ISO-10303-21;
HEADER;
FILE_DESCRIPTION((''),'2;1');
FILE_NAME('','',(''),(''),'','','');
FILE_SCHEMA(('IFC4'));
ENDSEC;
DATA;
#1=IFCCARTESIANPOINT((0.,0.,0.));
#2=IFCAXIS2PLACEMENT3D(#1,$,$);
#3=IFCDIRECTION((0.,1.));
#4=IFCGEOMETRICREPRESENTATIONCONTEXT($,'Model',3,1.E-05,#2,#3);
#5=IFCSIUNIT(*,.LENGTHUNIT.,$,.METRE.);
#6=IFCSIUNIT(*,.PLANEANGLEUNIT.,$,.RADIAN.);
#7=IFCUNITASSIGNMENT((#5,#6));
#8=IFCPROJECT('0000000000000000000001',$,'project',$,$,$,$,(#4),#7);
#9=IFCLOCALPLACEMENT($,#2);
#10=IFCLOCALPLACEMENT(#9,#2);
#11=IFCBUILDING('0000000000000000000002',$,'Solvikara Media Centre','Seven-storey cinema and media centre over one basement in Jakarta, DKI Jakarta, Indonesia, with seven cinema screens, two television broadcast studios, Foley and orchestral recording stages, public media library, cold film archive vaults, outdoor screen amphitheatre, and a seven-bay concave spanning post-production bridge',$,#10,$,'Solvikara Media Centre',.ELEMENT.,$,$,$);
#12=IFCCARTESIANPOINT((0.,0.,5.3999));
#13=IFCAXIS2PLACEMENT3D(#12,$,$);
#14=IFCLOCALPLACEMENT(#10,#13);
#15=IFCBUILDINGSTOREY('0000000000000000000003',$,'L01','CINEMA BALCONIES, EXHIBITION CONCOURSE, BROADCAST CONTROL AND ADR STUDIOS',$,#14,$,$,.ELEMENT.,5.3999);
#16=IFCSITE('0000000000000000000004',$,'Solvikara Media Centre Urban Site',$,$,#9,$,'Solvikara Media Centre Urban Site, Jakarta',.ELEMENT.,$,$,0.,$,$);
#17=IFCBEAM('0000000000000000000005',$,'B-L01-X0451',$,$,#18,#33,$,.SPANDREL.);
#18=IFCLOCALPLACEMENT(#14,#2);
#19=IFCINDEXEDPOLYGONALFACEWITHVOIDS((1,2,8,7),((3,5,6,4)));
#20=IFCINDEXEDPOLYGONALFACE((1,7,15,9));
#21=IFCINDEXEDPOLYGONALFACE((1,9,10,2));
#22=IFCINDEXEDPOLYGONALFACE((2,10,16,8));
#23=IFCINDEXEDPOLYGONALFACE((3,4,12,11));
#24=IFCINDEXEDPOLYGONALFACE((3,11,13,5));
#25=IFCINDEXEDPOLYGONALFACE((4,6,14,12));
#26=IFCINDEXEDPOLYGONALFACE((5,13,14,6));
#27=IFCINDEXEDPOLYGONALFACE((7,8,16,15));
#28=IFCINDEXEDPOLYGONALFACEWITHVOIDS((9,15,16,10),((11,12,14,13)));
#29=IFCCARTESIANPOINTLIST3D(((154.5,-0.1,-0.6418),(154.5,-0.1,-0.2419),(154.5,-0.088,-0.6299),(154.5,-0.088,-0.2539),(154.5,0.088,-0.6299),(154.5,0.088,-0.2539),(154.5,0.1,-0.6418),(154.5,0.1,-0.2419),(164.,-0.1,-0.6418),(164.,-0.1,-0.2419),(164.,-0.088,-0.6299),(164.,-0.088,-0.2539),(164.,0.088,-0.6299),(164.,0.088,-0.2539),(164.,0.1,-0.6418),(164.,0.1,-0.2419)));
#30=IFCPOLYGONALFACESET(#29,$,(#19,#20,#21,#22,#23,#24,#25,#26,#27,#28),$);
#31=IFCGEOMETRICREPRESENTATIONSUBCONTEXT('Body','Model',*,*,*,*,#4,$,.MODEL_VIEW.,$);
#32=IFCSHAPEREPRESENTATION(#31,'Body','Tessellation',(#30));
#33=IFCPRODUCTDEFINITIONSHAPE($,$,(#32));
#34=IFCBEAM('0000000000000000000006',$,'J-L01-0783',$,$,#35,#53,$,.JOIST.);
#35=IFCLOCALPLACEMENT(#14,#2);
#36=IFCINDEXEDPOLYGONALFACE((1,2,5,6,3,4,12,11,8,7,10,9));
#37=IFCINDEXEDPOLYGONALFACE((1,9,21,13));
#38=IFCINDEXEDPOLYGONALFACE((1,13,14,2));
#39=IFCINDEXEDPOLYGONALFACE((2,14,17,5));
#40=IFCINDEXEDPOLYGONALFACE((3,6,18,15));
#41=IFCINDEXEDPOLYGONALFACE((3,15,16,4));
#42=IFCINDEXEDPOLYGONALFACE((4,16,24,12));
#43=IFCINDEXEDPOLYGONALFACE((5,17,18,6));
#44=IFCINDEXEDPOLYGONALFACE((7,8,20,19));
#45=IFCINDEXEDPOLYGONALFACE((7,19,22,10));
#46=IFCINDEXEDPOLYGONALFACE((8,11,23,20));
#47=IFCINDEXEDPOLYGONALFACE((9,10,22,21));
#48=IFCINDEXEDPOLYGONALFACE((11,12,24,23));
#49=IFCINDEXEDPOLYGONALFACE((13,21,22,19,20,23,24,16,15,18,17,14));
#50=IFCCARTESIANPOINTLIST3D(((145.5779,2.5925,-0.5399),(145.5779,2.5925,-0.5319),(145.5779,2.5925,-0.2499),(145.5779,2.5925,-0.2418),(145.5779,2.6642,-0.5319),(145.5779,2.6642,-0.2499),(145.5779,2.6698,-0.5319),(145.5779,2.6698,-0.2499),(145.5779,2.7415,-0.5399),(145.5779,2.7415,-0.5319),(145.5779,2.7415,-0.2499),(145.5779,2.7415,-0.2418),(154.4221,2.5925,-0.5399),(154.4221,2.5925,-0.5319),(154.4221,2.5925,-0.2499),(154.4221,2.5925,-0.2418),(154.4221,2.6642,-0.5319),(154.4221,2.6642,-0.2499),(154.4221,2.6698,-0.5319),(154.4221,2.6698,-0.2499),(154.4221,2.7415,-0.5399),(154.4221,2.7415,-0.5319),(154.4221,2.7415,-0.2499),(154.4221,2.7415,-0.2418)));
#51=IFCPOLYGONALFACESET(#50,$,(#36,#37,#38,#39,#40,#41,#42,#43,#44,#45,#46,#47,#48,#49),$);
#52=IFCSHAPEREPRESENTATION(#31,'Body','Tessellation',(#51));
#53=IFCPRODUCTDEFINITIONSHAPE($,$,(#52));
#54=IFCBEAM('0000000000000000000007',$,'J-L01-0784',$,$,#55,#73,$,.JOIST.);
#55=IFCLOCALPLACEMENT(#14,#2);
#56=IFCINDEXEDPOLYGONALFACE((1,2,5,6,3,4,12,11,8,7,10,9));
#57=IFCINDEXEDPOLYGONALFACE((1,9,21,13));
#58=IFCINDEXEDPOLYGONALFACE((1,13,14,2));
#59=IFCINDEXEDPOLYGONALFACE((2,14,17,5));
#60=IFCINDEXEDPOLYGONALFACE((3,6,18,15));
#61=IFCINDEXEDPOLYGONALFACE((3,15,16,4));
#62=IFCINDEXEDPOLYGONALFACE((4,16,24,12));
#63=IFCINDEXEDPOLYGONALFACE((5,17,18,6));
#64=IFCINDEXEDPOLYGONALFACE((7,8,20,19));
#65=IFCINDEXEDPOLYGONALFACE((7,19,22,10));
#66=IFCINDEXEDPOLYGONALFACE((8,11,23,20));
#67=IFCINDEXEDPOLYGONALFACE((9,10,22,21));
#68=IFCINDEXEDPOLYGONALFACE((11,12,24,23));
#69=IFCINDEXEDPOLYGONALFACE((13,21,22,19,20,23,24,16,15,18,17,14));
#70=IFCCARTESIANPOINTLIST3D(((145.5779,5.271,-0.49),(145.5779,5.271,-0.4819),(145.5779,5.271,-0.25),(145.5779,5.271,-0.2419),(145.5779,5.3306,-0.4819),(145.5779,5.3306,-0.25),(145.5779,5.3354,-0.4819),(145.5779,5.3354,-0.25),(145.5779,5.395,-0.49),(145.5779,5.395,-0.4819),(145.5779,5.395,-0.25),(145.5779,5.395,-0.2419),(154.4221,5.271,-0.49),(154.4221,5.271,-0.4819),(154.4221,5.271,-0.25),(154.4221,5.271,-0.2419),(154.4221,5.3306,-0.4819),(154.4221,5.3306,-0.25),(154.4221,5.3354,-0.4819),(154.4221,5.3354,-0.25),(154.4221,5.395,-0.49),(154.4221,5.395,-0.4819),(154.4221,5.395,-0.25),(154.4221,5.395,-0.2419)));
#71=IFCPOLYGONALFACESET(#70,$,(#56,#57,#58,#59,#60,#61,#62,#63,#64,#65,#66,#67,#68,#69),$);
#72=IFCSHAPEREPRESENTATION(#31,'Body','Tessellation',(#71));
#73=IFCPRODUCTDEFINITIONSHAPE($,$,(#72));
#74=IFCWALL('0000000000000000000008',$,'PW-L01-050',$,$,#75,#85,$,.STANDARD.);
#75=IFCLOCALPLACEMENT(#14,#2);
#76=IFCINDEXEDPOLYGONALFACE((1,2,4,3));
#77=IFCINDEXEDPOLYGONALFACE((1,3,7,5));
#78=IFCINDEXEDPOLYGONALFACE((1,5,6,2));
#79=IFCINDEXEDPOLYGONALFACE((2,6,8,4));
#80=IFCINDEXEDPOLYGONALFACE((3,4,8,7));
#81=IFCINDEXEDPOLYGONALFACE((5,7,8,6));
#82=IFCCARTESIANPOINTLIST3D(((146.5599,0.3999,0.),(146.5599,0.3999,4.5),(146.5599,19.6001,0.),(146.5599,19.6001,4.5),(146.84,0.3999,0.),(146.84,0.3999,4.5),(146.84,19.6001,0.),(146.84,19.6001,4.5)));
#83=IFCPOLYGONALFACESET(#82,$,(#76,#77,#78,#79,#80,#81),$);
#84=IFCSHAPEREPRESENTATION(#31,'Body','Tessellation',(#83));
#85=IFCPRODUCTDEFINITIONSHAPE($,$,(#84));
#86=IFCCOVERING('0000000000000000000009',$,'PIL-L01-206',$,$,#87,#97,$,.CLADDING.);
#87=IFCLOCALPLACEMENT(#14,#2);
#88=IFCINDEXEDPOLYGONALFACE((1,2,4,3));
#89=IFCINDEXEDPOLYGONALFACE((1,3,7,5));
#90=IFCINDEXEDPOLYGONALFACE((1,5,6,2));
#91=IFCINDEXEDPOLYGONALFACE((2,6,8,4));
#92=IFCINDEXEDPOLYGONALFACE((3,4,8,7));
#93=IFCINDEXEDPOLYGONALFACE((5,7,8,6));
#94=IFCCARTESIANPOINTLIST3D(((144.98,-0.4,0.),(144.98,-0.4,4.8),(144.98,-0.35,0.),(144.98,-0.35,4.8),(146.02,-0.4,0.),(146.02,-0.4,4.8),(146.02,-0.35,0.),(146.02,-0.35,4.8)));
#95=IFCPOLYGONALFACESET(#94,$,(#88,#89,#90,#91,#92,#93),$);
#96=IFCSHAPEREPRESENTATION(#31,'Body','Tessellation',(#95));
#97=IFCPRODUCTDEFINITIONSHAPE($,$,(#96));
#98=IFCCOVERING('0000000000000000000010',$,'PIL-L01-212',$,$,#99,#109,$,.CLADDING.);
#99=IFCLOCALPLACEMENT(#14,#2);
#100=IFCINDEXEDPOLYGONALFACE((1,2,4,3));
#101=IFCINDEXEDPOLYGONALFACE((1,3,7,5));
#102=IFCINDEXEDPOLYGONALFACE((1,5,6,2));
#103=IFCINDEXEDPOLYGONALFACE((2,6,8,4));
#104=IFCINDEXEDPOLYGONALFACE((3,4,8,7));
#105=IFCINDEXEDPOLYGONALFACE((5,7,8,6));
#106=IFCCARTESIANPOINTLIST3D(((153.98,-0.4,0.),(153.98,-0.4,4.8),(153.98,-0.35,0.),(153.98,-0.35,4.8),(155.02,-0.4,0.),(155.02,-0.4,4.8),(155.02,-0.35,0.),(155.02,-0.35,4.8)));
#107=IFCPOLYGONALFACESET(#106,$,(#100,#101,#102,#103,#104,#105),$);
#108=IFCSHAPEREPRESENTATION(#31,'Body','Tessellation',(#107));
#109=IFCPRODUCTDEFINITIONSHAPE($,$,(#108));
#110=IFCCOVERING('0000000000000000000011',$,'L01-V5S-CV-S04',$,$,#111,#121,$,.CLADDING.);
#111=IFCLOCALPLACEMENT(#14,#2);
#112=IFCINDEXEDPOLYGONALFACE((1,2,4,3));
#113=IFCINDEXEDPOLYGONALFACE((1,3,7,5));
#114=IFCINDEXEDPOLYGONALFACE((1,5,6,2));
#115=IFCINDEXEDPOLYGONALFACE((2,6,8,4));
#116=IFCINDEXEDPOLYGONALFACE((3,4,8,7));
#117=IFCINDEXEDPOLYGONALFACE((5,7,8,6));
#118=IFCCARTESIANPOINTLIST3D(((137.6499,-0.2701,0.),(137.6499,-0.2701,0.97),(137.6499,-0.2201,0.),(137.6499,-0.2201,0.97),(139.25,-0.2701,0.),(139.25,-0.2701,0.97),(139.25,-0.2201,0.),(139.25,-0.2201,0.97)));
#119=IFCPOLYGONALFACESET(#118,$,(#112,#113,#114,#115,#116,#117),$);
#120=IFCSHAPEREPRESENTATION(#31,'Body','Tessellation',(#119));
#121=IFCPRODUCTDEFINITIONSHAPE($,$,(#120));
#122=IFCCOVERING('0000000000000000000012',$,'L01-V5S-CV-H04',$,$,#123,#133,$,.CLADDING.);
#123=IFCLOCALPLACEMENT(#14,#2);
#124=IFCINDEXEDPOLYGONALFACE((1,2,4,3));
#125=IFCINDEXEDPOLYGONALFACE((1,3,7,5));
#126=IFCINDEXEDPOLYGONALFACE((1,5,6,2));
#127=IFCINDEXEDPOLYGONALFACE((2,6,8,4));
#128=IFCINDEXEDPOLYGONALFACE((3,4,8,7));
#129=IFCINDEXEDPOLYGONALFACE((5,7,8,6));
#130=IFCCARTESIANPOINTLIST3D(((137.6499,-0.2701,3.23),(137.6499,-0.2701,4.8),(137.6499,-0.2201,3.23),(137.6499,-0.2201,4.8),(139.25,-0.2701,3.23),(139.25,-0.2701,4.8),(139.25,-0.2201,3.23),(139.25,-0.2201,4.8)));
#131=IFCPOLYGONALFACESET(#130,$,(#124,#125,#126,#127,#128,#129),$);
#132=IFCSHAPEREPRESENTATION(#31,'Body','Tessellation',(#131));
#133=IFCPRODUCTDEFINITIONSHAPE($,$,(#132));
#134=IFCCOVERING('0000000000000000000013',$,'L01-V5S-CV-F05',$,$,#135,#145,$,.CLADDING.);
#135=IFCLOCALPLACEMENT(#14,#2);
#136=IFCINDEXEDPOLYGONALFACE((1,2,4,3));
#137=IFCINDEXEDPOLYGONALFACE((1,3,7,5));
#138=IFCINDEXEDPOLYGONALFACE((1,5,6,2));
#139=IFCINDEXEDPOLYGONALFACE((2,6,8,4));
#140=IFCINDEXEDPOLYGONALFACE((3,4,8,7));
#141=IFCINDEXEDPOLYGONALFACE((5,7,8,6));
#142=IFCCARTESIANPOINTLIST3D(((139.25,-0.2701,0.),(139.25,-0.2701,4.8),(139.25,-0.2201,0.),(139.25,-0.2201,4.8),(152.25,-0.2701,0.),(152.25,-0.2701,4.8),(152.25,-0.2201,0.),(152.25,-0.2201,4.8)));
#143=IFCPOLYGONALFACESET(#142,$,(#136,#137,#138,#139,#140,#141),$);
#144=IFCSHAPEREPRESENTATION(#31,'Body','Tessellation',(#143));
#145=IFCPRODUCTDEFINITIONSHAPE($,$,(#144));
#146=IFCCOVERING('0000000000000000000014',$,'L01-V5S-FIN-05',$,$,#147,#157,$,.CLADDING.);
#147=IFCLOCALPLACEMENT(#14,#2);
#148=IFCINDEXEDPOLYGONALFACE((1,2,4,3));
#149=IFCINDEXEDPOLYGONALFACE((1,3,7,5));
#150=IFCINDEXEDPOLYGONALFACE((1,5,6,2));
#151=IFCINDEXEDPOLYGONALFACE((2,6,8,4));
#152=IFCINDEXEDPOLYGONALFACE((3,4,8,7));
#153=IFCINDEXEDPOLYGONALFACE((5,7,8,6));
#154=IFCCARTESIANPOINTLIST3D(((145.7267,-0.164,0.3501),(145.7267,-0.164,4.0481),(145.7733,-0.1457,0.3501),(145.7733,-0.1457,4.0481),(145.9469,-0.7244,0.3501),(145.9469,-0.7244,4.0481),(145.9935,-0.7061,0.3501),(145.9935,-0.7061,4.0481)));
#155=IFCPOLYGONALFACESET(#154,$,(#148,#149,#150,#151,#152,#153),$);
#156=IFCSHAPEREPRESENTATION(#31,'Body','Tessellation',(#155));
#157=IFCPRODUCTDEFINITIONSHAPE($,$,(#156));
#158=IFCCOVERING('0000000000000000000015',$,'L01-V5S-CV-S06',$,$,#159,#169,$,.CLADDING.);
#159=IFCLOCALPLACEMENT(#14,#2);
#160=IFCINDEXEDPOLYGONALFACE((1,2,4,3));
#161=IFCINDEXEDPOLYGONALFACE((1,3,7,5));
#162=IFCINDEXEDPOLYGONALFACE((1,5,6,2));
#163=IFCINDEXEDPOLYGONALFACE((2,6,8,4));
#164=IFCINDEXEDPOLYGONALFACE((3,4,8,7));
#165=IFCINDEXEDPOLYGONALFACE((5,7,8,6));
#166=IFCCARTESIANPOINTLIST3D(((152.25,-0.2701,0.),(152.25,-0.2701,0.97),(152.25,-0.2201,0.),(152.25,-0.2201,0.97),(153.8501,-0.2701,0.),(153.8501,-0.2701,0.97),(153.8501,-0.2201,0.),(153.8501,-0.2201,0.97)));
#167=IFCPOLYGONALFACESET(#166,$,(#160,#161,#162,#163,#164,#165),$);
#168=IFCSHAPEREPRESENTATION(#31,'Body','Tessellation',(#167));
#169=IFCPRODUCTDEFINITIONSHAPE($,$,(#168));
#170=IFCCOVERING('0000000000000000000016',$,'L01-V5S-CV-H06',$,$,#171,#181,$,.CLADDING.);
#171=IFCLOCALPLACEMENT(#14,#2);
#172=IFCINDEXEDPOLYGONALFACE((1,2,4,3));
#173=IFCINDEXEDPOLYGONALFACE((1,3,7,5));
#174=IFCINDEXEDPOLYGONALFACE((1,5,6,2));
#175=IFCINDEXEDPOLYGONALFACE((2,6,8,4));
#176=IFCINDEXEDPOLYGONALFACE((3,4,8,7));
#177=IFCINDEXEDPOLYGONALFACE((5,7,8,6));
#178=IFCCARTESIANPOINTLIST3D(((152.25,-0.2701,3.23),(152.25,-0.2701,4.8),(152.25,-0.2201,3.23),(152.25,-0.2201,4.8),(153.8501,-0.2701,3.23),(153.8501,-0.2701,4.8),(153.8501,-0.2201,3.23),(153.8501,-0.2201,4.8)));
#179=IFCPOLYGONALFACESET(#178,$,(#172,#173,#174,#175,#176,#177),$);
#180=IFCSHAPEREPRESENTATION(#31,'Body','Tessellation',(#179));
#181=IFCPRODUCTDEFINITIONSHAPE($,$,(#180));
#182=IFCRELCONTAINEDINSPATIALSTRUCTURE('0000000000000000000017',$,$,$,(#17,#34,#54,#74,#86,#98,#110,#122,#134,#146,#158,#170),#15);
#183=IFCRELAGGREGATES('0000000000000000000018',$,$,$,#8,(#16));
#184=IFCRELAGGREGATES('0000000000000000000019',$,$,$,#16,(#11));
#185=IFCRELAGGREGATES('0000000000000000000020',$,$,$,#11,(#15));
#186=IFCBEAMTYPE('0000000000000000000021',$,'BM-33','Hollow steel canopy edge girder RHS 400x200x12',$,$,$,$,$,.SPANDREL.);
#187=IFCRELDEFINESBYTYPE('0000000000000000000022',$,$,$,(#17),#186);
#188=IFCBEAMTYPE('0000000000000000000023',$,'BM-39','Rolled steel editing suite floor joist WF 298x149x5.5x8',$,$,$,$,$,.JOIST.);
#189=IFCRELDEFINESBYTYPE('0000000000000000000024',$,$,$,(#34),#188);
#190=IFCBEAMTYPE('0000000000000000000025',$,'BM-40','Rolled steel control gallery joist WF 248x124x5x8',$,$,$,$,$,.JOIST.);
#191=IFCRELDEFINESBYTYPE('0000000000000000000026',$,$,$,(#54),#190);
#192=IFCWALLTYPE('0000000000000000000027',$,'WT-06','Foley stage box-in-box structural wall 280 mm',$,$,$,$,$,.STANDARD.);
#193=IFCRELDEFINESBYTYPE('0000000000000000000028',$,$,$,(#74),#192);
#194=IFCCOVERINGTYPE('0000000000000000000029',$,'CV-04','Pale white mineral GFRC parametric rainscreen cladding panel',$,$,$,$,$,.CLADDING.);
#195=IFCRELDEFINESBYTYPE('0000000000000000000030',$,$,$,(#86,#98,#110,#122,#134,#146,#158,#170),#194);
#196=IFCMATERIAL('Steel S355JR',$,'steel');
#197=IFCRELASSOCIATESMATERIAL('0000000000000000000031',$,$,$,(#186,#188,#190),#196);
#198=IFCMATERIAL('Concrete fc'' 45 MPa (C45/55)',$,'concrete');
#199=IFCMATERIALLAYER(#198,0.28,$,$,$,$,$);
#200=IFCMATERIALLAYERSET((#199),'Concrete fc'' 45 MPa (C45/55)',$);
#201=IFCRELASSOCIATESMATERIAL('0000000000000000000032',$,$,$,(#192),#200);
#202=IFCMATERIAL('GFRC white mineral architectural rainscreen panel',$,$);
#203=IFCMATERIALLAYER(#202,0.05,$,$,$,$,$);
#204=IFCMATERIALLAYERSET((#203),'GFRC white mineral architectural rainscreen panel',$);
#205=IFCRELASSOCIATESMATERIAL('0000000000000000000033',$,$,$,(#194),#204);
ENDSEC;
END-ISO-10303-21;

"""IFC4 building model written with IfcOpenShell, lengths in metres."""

from ifc_helpers import new_model, si_unit, direction, frame, frame_2d, origin, origin_2d, place, context, subcontext, project, spatial, rectangle, hollow_rectangle, i_section, extrude, material, layer, layer_set, material_profile, profile_set, type_object, element, save


model = new_model("IFC4")

# Units and contexts
model_context = context("Model", 3, precision=1e-05, world=origin(), true_north=direction((0.0, 1.0)))
body_context = subcontext(model_context, "Body", "Model", "MODEL_VIEW")
ifc_project = project(units=[si_unit("LENGTHUNIT", "METRE"), si_unit("PLANEANGLEUNIT", "RADIAN")], contexts=[model_context])

# Site, building, storey
site_placement = place(None, origin())
site = spatial("IfcSite", under=ifc_project, at=site_placement, Name="Solvikara Media Centre Urban Site", LongName="Solvikara Media Centre Urban Site, Jakarta", CompositionType="ELEMENT", RefElevation=0.0)
building_placement = place(site_placement, origin())
building = spatial("IfcBuilding", under=site, at=building_placement, Name="Solvikara Media Centre", Description="Seven-storey cinema and media centre over one basement in Jakarta, DKI Jakarta, Indonesia, with seven cinema screens, two television broadcast studios, Foley and orchestral recording stages, public media library, cold film archive vaults, outdoor screen amphitheatre, and a seven-bay concave spanning post-production bridge", LongName="Solvikara Media Centre", CompositionType="ELEMENT")
storey_placement = place(building_placement, frame((0.0, 0.0, 5.3999)))
storey = spatial("IfcBuildingStorey", under=building, at=storey_placement, Name="L01", Description="CINEMA BALCONIES, EXHIBITION CONCOURSE, BROADCAST CONTROL AND ADR STUDIOS", CompositionType="ELEMENT", Elevation=5.3999)

# Shared definitions
ifc_material_1 = material(Name="Concrete fc' 45 MPa (C45/55)", Category="concrete")
ifc_material_2 = material(Name="Steel S355JR", Category="steel")

# Beams
ifc_material_profile_1 = material_profile(ifc_material_2, hollow_rectangle(XDim=0.2, YDim=0.3999, WallThickness=0.012, at=origin_2d()), Name="RHS 400x200x12")
ifc_profile_set_1 = profile_set([ifc_material_profile_1], Name="Steel S355JR")
beam_type_1 = type_object("IfcBeamType", Name="BM-33", Description="Hollow steel canopy edge girder RHS 400x200x12", PredefinedType="SPANDREL", material=ifc_profile_set_1)
beam_1_placement = place(storey_placement, frame((154.5, 0.0, -0.4419), z_axis=(1.0, 0.0, 0.0), x_axis=(0.0, 1.0, 0.0)))
element("IfcBeam", 1, at=beam_1_placement, inside=storey, type_object=beam_type_1, Name="B-L01-X0451", PredefinedType="SPANDREL", context=body_context, shape_type="SweptSolid", body=[
    extrude(hollow_rectangle(XDim=0.2, YDim=0.3999, WallThickness=0.012, at=origin_2d()), origin(), (0.0, 0.0, 1.0), 9.5),
])
ifc_material_profile_2 = material_profile(ifc_material_2, i_section(OverallWidth=0.1489, OverallDepth=0.2981, WebThickness=0.0056, FlangeThickness=0.0081, at=origin_2d()), Name="WF 298x149x5.5x8")
ifc_profile_set_2 = profile_set([ifc_material_profile_2], Name="Steel S355JR")
beam_type_2 = type_object("IfcBeamType", Name="BM-39", Description="Rolled steel editing suite floor joist WF 298x149x5.5x8", PredefinedType="JOIST", material=ifc_profile_set_2)
beam_2_placement = place(storey_placement, frame((145.5779, 2.667, -0.3909), z_axis=(1.0, 0.0, 0.0), x_axis=(0.0, 1.0, 0.0)))
element("IfcBeam", 2, at=beam_2_placement, inside=storey, type_object=beam_type_2, Name="J-L01-0783", PredefinedType="JOIST", context=body_context, shape_type="SweptSolid", body=[
    extrude(i_section(OverallWidth=0.1489, OverallDepth=0.2981, WebThickness=0.0056, FlangeThickness=0.0081, at=origin_2d()), origin(), (0.0, 0.0, 1.0), 8.8442),
])
ifc_material_profile_3 = material_profile(ifc_material_2, i_section(OverallWidth=0.124, OverallDepth=0.248, WebThickness=0.0049, FlangeThickness=0.0081, at=origin_2d()), Name="WF 248x124x5x8")
ifc_profile_set_3 = profile_set([ifc_material_profile_3], Name="Steel S355JR")
beam_type_3 = type_object("IfcBeamType", Name="BM-40", Description="Rolled steel control gallery joist WF 248x124x5x8", PredefinedType="JOIST", material=ifc_profile_set_3)
beam_3_placement = place(storey_placement, frame((145.5779, 5.333, -0.366), z_axis=(1.0, 0.0, 0.0), x_axis=(0.0, 1.0, 0.0)))
element("IfcBeam", 3, at=beam_3_placement, inside=storey, type_object=beam_type_3, Name="J-L01-0784", PredefinedType="JOIST", context=body_context, shape_type="SweptSolid", body=[
    extrude(i_section(OverallWidth=0.124, OverallDepth=0.248, WebThickness=0.0049, FlangeThickness=0.0081, at=origin_2d()), origin(), (0.0, 0.0, 1.0), 8.8442),
])

# Wall
ifc_layer_1 = layer(ifc_material_1, 0.28)
ifc_layer_set_1 = layer_set([ifc_layer_1], Name="Concrete fc' 45 MPa (C45/55)")
wall_type = type_object("IfcWallType", Name="WT-06", Description="Foley stage box-in-box structural wall 280 mm", PredefinedType="STANDARD", material=ifc_layer_set_1)
wall_placement = place(storey_placement, frame((146.7, 0.3999, 0.0), z_axis=(0.0, 0.0, 1.0), x_axis=(0.0, 1.0, 0.0)))
element("IfcWall", 4, at=wall_placement, inside=storey, type_object=wall_type, Name="PW-L01-050", PredefinedType="STANDARD", context=body_context, shape_type="SweptSolid", body=[
    extrude(rectangle(XDim=19.2002, YDim=0.28, at=frame_2d((9.6001, 0.0))), origin(), (0.0, 0.0, 1.0), 4.5),
])

# Coverings
ifc_material_3 = material(Name="GFRC white mineral architectural rainscreen panel")
ifc_layer_2 = layer(ifc_material_3, 0.05)
ifc_layer_set_2 = layer_set([ifc_layer_2], Name="GFRC white mineral architectural rainscreen panel")
covering_type = type_object("IfcCoveringType", Name="CV-04", Description="Pale white mineral GFRC parametric rainscreen cladding panel", PredefinedType="CLADDING", material=ifc_layer_set_2)
for number, where, z_axis, x_axis, name in (
    (5, (145.5, -0.375, 0.0), (0.0, 0.0, 1.0), (1.0, 0.0, 0.0), "PIL-L01-206"),
    (6, (154.5, -0.375, 0.0), (0.0, 0.0, 1.0), (1.0, 0.0, 0.0), "PIL-L01-212"),
):
    element("IfcCovering", number, at=place(storey_placement, frame(where, z_axis=z_axis, x_axis=x_axis)), inside=storey, type_object=covering_type, Name=name, PredefinedType="CLADDING", context=body_context, shape_type="SweptSolid", body=[
        extrude(rectangle(XDim=1.04, YDim=0.05, at=origin_2d()), origin(), (0.0, 0.0, 1.0), 4.8),
    ])
covering_1_placement = place(storey_placement, frame((138.45, -0.2451, 0.0), z_axis=(0.0, 0.0, 1.0), x_axis=(1.0, 0.0, 0.0)))
element("IfcCovering", 7, at=covering_1_placement, inside=storey, type_object=covering_type, Name="L01-V5S-CV-S04", PredefinedType="CLADDING", context=body_context, shape_type="SweptSolid", body=[
    extrude(rectangle(XDim=1.6001, YDim=0.05, at=origin_2d()), origin(), (0.0, 0.0, 1.0), 0.97),
])
covering_2_placement = place(storey_placement, frame((138.45, -0.2451, 3.23), z_axis=(0.0, 0.0, 1.0), x_axis=(1.0, 0.0, 0.0)))
element("IfcCovering", 8, at=covering_2_placement, inside=storey, type_object=covering_type, Name="L01-V5S-CV-H04", PredefinedType="CLADDING", context=body_context, shape_type="SweptSolid", body=[
    extrude(rectangle(XDim=1.6001, YDim=0.05, at=origin_2d()), origin(), (0.0, 0.0, 1.0), 1.5701),
])
covering_3_placement = place(storey_placement, frame((145.75, -0.2451, 0.0), z_axis=(0.0, 0.0, 1.0), x_axis=(1.0, 0.0, 0.0)))
element("IfcCovering", 9, at=covering_3_placement, inside=storey, type_object=covering_type, Name="L01-V5S-CV-F05", PredefinedType="CLADDING", context=body_context, shape_type="SweptSolid", body=[
    extrude(rectangle(XDim=13.0, YDim=0.05, at=origin_2d()), origin(), (0.0, 0.0, 1.0), 4.8),
])
covering_4_placement = place(storey_placement, frame((145.8601, -0.4351, 0.3501), z_axis=(0.0, 0.0, 1.0), x_axis=(0.365657, -0.93075, 0.0)))
element("IfcCovering", 10, at=covering_4_placement, inside=storey, type_object=covering_type, Name="L01-V5S-FIN-05", PredefinedType="CLADDING", context=body_context, shape_type="SweptSolid", body=[
    extrude(rectangle(XDim=0.6021, YDim=0.05, at=origin_2d()), origin(), (0.0, 0.0, 1.0), 3.698),
])
covering_5_placement = place(storey_placement, frame((153.05, -0.2451, 0.0), z_axis=(0.0, 0.0, 1.0), x_axis=(1.0, 0.0, 0.0)))
element("IfcCovering", 11, at=covering_5_placement, inside=storey, type_object=covering_type, Name="L01-V5S-CV-S06", PredefinedType="CLADDING", context=body_context, shape_type="SweptSolid", body=[
    extrude(rectangle(XDim=1.6001, YDim=0.05, at=origin_2d()), origin(), (0.0, 0.0, 1.0), 0.97),
])
covering_6_placement = place(storey_placement, frame((153.05, -0.2451, 3.23), z_axis=(0.0, 0.0, 1.0), x_axis=(1.0, 0.0, 0.0)))
element("IfcCovering", 12, at=covering_6_placement, inside=storey, type_object=covering_type, Name="L01-V5S-CV-H06", PredefinedType="CLADDING", context=body_context, shape_type="SweptSolid", body=[
    extrude(rectangle(XDim=1.6001, YDim=0.05, at=origin_2d()), origin(), (0.0, 0.0, 1.0), 1.5701),
])

save(model, "model.ifc")
